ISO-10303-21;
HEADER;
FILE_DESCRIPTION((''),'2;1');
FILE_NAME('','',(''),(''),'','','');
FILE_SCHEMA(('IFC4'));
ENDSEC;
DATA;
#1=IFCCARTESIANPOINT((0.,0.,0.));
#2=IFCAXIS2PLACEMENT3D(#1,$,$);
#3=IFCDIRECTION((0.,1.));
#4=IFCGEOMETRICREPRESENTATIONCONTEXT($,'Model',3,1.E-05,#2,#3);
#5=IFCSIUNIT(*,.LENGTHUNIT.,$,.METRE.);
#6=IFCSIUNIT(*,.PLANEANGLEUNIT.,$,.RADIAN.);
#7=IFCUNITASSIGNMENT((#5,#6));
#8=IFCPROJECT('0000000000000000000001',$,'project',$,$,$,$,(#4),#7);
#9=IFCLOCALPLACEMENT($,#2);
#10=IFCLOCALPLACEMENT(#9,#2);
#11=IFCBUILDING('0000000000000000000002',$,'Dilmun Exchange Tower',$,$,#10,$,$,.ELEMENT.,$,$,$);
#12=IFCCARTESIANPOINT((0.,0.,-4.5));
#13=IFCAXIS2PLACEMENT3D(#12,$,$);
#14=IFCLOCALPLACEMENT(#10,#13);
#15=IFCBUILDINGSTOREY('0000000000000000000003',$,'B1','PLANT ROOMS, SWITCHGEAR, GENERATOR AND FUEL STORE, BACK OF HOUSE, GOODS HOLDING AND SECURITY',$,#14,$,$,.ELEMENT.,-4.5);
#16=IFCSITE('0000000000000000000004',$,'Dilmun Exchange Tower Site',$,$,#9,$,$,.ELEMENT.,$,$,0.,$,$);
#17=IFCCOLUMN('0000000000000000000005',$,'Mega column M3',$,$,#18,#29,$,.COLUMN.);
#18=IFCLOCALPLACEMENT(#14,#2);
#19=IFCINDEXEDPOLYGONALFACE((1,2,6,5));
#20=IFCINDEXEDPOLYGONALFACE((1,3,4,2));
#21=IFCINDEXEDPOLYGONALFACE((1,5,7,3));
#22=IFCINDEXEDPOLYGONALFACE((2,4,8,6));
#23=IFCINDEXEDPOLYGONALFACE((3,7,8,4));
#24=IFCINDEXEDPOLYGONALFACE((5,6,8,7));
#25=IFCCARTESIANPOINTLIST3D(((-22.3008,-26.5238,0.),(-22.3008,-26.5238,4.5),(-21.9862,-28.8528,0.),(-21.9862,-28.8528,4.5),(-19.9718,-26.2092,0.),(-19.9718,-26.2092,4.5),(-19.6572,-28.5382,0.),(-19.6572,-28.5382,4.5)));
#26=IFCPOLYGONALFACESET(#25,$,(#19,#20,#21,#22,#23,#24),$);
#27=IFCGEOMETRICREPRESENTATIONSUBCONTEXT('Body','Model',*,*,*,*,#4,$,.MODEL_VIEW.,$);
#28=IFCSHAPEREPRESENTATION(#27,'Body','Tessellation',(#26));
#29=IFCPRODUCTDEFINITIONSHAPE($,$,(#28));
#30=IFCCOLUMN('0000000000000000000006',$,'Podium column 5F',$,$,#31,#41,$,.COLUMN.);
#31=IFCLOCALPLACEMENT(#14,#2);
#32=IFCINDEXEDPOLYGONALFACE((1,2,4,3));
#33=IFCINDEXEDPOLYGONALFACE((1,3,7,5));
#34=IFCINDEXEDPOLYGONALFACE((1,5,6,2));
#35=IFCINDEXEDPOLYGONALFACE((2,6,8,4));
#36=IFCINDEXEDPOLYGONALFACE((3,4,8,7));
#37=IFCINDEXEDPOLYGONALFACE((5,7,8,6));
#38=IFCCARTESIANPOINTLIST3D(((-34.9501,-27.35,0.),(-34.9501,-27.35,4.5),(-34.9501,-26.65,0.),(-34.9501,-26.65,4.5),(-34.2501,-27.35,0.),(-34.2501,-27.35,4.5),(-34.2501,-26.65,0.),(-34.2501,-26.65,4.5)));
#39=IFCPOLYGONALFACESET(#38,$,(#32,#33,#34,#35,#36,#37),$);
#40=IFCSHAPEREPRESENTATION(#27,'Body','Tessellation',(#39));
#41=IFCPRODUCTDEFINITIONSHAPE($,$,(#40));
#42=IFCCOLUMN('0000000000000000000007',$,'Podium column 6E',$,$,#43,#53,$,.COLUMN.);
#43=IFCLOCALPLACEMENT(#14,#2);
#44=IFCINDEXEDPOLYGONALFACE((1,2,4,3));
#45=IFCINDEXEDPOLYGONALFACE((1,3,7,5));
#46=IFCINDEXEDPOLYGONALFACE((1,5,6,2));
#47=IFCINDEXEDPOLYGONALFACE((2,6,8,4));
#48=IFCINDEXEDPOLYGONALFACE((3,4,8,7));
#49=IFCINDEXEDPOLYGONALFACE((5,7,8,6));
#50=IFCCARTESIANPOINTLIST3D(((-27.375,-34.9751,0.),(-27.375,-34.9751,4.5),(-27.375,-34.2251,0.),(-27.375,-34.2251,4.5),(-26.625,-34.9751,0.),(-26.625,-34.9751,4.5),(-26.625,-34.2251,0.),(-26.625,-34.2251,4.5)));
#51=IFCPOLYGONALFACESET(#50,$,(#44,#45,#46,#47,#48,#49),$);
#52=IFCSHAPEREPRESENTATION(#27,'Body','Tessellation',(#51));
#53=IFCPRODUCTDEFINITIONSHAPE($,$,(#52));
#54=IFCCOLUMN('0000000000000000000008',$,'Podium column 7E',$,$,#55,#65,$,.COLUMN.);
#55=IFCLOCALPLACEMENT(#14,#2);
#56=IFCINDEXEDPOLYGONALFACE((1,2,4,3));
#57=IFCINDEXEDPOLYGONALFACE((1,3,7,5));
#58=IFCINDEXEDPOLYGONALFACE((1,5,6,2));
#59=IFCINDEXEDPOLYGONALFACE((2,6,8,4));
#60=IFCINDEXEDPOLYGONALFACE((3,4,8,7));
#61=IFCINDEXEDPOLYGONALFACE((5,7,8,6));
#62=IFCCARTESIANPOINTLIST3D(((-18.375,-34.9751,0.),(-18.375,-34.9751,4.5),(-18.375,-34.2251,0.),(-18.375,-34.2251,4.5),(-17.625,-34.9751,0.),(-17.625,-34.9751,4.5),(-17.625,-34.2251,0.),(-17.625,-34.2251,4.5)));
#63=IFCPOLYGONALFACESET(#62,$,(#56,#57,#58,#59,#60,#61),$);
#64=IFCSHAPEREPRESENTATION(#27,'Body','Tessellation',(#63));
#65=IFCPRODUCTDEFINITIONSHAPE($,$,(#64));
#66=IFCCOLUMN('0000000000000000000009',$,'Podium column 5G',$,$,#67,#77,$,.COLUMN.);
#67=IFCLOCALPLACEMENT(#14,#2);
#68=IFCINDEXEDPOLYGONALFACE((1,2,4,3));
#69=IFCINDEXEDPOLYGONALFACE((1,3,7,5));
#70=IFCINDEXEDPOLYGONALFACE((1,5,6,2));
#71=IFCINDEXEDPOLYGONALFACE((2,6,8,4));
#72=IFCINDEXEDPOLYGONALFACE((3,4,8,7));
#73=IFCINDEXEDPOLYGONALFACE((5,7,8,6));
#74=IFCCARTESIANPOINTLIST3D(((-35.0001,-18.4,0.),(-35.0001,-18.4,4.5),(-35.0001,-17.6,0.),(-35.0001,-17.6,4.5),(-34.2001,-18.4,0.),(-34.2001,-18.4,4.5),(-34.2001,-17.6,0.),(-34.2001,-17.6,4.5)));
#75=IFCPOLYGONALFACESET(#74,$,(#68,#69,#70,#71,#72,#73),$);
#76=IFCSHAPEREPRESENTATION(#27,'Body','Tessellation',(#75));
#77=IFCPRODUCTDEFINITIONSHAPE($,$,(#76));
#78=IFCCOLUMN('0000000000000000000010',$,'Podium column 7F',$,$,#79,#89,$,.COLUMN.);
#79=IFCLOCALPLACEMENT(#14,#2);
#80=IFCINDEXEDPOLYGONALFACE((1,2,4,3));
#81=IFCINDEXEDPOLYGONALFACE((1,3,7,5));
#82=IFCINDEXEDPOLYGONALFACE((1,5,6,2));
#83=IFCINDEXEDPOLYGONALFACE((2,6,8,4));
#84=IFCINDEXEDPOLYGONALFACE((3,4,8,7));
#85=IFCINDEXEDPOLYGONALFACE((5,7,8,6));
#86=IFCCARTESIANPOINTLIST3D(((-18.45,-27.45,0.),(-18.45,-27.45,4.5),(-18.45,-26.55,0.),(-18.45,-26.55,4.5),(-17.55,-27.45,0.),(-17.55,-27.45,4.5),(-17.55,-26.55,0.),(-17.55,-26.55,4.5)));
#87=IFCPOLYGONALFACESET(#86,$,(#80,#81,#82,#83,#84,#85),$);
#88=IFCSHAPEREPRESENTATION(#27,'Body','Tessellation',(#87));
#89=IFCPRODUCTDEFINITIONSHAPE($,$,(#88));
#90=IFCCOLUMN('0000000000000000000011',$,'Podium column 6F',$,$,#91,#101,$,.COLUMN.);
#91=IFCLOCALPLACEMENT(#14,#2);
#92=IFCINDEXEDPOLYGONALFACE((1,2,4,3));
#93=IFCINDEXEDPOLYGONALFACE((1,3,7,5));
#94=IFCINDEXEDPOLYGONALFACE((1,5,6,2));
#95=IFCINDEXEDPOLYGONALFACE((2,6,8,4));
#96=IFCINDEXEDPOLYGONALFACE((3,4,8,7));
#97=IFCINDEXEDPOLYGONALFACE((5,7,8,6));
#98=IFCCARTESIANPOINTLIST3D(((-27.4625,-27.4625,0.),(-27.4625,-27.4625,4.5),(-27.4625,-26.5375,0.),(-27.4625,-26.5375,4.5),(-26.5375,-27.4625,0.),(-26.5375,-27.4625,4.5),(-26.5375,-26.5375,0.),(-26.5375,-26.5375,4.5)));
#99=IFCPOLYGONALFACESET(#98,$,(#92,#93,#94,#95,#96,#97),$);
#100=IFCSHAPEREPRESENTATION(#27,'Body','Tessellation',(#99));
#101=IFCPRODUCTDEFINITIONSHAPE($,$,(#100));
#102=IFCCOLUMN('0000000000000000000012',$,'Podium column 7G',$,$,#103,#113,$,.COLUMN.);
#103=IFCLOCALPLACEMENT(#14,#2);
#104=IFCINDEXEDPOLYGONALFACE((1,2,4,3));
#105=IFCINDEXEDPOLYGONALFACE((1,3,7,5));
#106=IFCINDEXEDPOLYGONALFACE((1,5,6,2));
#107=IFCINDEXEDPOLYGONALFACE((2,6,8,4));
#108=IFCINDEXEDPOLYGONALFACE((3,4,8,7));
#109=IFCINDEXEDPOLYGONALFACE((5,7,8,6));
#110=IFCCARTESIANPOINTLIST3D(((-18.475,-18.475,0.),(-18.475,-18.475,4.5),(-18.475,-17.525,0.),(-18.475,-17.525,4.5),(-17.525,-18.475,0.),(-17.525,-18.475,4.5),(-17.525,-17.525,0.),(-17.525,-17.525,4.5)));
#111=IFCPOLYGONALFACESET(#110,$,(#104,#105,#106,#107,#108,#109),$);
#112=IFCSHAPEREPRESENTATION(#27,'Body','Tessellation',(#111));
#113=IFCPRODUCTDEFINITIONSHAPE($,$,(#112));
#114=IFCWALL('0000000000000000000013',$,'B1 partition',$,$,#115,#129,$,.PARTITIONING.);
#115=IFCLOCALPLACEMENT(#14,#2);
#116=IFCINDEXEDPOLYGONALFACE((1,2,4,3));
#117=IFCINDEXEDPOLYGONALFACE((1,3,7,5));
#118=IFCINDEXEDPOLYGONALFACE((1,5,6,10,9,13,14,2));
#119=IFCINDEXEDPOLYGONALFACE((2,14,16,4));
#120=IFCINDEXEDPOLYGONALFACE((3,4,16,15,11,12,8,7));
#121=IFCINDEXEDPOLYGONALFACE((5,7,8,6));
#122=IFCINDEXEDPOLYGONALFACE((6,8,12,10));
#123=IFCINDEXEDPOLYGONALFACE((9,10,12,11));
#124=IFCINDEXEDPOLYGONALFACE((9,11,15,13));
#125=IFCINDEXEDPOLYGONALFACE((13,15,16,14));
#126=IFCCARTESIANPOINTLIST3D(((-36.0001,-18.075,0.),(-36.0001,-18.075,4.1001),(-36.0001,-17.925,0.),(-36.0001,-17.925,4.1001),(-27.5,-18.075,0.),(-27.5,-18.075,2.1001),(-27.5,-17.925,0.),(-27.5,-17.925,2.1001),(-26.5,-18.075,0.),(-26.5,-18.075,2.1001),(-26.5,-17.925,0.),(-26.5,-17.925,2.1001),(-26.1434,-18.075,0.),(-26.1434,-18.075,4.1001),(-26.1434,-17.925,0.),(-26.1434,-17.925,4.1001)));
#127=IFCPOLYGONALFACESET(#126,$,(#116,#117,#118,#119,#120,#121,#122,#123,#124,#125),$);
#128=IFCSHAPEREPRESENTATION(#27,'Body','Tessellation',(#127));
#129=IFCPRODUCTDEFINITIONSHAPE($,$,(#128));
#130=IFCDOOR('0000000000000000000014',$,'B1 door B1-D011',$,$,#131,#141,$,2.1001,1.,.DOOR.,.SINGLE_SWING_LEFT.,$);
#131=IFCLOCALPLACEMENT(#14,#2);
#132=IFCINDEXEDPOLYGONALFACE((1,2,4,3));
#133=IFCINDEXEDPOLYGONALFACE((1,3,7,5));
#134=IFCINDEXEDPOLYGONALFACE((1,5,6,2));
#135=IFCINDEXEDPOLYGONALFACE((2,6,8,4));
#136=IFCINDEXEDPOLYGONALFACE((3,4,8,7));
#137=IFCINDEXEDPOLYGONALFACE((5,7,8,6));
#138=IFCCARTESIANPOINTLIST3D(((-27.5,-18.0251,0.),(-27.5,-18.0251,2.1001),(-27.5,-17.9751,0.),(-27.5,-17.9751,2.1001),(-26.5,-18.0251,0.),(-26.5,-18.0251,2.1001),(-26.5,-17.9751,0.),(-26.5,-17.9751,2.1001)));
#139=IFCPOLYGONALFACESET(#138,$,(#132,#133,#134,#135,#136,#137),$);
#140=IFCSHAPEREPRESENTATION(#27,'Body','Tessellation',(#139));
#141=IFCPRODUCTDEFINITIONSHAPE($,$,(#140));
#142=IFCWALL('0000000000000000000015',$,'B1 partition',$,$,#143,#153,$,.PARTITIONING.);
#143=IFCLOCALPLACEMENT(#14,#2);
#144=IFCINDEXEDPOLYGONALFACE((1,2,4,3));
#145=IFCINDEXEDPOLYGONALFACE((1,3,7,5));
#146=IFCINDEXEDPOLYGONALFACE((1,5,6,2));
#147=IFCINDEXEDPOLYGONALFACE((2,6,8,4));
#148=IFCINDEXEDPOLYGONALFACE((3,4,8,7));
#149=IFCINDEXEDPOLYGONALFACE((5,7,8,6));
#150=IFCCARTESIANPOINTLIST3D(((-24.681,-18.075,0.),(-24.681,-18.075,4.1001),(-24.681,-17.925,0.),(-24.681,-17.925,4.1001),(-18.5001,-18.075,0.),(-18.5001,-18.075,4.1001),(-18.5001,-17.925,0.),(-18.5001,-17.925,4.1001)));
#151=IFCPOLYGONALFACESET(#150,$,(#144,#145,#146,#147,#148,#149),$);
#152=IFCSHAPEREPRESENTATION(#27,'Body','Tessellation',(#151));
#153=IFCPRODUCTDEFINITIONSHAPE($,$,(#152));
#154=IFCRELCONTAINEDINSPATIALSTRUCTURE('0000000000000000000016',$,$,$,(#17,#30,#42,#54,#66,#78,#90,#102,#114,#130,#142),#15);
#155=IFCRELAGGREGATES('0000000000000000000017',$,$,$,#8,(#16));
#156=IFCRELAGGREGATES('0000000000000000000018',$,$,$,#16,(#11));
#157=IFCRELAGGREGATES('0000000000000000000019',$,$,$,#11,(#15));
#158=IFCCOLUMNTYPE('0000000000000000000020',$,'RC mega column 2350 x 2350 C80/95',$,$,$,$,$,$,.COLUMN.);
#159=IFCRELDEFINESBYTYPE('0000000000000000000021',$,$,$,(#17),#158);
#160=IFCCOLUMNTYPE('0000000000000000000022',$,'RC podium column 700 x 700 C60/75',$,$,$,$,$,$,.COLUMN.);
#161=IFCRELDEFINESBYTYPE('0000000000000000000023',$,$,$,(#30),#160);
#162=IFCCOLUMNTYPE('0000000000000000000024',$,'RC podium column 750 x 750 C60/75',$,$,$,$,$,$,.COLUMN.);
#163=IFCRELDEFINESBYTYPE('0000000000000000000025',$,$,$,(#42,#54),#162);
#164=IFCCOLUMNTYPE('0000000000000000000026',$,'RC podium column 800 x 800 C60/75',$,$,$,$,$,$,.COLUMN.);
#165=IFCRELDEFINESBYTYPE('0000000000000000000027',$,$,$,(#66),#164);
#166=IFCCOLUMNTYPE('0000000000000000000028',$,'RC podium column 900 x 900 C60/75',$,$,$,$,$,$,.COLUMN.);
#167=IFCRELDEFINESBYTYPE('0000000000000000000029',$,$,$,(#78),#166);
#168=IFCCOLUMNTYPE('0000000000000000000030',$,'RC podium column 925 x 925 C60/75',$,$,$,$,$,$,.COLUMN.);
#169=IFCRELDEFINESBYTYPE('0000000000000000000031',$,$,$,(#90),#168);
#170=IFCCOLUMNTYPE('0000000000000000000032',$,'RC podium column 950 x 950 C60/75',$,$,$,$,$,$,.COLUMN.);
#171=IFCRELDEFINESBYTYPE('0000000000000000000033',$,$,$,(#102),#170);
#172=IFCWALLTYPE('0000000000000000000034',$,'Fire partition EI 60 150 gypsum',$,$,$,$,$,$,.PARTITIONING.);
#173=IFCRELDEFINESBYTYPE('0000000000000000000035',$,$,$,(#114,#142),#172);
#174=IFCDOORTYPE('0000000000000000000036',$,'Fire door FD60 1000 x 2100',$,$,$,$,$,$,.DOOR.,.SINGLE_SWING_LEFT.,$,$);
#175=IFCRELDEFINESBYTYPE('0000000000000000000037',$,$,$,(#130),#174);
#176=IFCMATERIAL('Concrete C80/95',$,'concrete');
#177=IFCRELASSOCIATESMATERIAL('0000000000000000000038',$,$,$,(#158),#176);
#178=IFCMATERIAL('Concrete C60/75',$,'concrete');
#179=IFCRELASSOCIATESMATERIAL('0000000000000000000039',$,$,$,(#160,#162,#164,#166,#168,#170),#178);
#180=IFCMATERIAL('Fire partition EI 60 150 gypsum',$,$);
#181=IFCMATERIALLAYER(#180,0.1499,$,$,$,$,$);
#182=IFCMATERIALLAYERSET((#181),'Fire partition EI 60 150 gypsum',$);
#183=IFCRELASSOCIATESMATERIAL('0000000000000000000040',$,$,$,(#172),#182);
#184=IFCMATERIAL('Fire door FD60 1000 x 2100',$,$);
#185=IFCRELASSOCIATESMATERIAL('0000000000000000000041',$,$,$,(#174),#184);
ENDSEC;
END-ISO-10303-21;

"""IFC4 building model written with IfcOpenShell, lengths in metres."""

from ifc_helpers import new_model, si_unit, direction, frame, frame_2d, origin, origin_2d, place, context, subcontext, project, spatial, rectangle, extrude, material, layer, layer_set, material_profile, profile_set, type_object, element, fill, save


model = new_model("IFC4")

# Units and contexts
model_context = context("Model", 3, precision=1e-05, world=origin(), true_north=direction((0.0, 1.0)))
body_context = subcontext(model_context, "Body", "Model", "MODEL_VIEW")
ifc_project = project(units=[si_unit("LENGTHUNIT", "METRE"), si_unit("PLANEANGLEUNIT", "RADIAN")], contexts=[model_context])

# Site, building, storey
site_placement = place(None, origin())
site = spatial("IfcSite", under=ifc_project, at=site_placement, Name="Dilmun Exchange Tower Site", CompositionType="ELEMENT", RefElevation=0.0)
building_placement = place(site_placement, origin())
building = spatial("IfcBuilding", under=site, at=building_placement, Name="Dilmun Exchange Tower", CompositionType="ELEMENT")
storey_placement = place(building_placement, frame((0.0, 0.0, -4.5)))
storey = spatial("IfcBuildingStorey", under=building, at=storey_placement, Name="B1", Description="PLANT ROOMS, SWITCHGEAR, GENERATOR AND FUEL STORE, BACK OF HOUSE, GOODS HOLDING AND SECURITY", CompositionType="ELEMENT", Elevation=-4.5)

# Columns
ifc_material_1 = material(Name="Concrete C80/95", Category="concrete")
ifc_material_profile_1 = material_profile(ifc_material_1, rectangle(XDim=2.3501, YDim=2.3501, at=origin_2d()), Name="2350 x 2350")
ifc_profile_set_1 = profile_set([ifc_material_profile_1], Name="Concrete C80/95")
column_type_1 = type_object("IfcColumnType", Name="RC mega column 2350 x 2350 C80/95", PredefinedType="COLUMN", material=ifc_profile_set_1)
column_1_placement = place(storey_placement, frame((-20.979, -27.531, 0.0), z_axis=(0.0, 0.0, 1.0), x_axis=(0.991001, 0.133853, 0.0)))
element("IfcColumn", 1, at=column_1_placement, inside=storey, type_object=column_type_1, Name="Mega column M3", PredefinedType="COLUMN", context=body_context, shape_type="SweptSolid", body=[
    extrude(rectangle(XDim=2.3501, YDim=2.3501, at=origin_2d()), origin(), (0.0, 0.0, 1.0), 4.5),
])
ifc_material_2 = material(Name="Concrete C60/75", Category="concrete")
ifc_material_profile_2 = material_profile(ifc_material_2, rectangle(XDim=0.7, YDim=0.7, at=origin_2d()), Name="700 x 700")
ifc_profile_set_2 = profile_set([ifc_material_profile_2], Name="Concrete C60/75")
column_type_2 = type_object("IfcColumnType", Name="RC podium column 700 x 700 C60/75", PredefinedType="COLUMN", material=ifc_profile_set_2)
column_2_placement = place(storey_placement, frame((-34.6001, -27.0, 0.0), z_axis=(0.0, 0.0, 1.0), x_axis=(1.0, 0.0, 0.0)))
element("IfcColumn", 2, at=column_2_placement, inside=storey, type_object=column_type_2, Name="Podium column 5F", PredefinedType="COLUMN", context=body_context, shape_type="SweptSolid", body=[
    extrude(rectangle(XDim=0.7, YDim=0.7, at=origin_2d()), origin(), (0.0, 0.0, 1.0), 4.5),
])
ifc_material_profile_3 = material_profile(ifc_material_2, rectangle(XDim=0.75, YDim=0.75, at=origin_2d()), Name="750 x 750")
ifc_profile_set_3 = profile_set([ifc_material_profile_3], Name="Concrete C60/75")
column_type_3 = type_object("IfcColumnType", Name="RC podium column 750 x 750 C60/75", PredefinedType="COLUMN", material=ifc_profile_set_3)
for number, where, z_axis, x_axis, name in (
    (3, (-27.0, -34.6001, 0.0), (0.0, 0.0, 1.0), (1.0, 0.0, 0.0), "Podium column 6E"),
    (4, (-18.0, -34.6001, 0.0), (0.0, 0.0, 1.0), (1.0, 0.0, 0.0), "Podium column 7E"),
):
    element("IfcColumn", number, at=place(storey_placement, frame(where, z_axis=z_axis, x_axis=x_axis)), inside=storey, type_object=column_type_3, Name=name, PredefinedType="COLUMN", context=body_context, shape_type="SweptSolid", body=[
        extrude(rectangle(XDim=0.75, YDim=0.75, at=origin_2d()), origin(), (0.0, 0.0, 1.0), 4.5),
    ])
ifc_material_profile_4 = material_profile(ifc_material_2, rectangle(XDim=0.8, YDim=0.8, at=origin_2d()), Name="800 x 800")
ifc_profile_set_4 = profile_set([ifc_material_profile_4], Name="Concrete C60/75")
column_type_4 = type_object("IfcColumnType", Name="RC podium column 800 x 800 C60/75", PredefinedType="COLUMN", material=ifc_profile_set_4)
column_3_placement = place(storey_placement, frame((-34.6001, -18.0, 0.0), z_axis=(0.0, 0.0, 1.0), x_axis=(1.0, 0.0, 0.0)))
element("IfcColumn", 5, at=column_3_placement, inside=storey, type_object=column_type_4, Name="Podium column 5G", PredefinedType="COLUMN", context=body_context, shape_type="SweptSolid", body=[
    extrude(rectangle(XDim=0.8, YDim=0.8, at=origin_2d()), origin(), (0.0, 0.0, 1.0), 4.5),
])
ifc_material_profile_5 = material_profile(ifc_material_2, rectangle(XDim=0.8999, YDim=0.8999, at=origin_2d()), Name="900 x 900")
ifc_profile_set_5 = profile_set([ifc_material_profile_5], Name="Concrete C60/75")
column_type_5 = type_object("IfcColumnType", Name="RC podium column 900 x 900 C60/75", PredefinedType="COLUMN", material=ifc_profile_set_5)
column_4_placement = place(storey_placement, frame((-18.0, -27.0, 0.0), z_axis=(0.0, 0.0, 1.0), x_axis=(1.0, 0.0, 0.0)))
element("IfcColumn", 6, at=column_4_placement, inside=storey, type_object=column_type_5, Name="Podium column 7F", PredefinedType="COLUMN", context=body_context, shape_type="SweptSolid", body=[
    extrude(rectangle(XDim=0.8999, YDim=0.8999, at=origin_2d()), origin(), (0.0, 0.0, 1.0), 4.5),
])
ifc_material_profile_6 = material_profile(ifc_material_2, rectangle(XDim=0.925, YDim=0.925, at=origin_2d()), Name="925 x 925")
ifc_profile_set_6 = profile_set([ifc_material_profile_6], Name="Concrete C60/75")
column_type_6 = type_object("IfcColumnType", Name="RC podium column 925 x 925 C60/75", PredefinedType="COLUMN", material=ifc_profile_set_6)
column_5_placement = place(storey_placement, frame((-27.0, -27.0, 0.0), z_axis=(0.0, 0.0, 1.0), x_axis=(1.0, 0.0, 0.0)))
element("IfcColumn", 7, at=column_5_placement, inside=storey, type_object=column_type_6, Name="Podium column 6F", PredefinedType="COLUMN", context=body_context, shape_type="SweptSolid", body=[
    extrude(rectangle(XDim=0.925, YDim=0.925, at=origin_2d()), origin(), (0.0, 0.0, 1.0), 4.5),
])
ifc_material_profile_7 = material_profile(ifc_material_2, rectangle(XDim=0.95, YDim=0.95, at=origin_2d()), Name="950 x 950")
ifc_profile_set_7 = profile_set([ifc_material_profile_7], Name="Concrete C60/75")
column_type_7 = type_object("IfcColumnType", Name="RC podium column 950 x 950 C60/75", PredefinedType="COLUMN", material=ifc_profile_set_7)
column_6_placement = place(storey_placement, frame((-18.0, -18.0, 0.0), z_axis=(0.0, 0.0, 1.0), x_axis=(1.0, 0.0, 0.0)))
element("IfcColumn", 8, at=column_6_placement, inside=storey, type_object=column_type_7, Name="Podium column 7G", PredefinedType="COLUMN", context=body_context, shape_type="SweptSolid", body=[
    extrude(rectangle(XDim=0.95, YDim=0.95, at=origin_2d()), origin(), (0.0, 0.0, 1.0), 4.5),
])

# Wall, opening, door
ifc_material_3 = material(Name="Fire partition EI 60 150 gypsum")
ifc_layer_1 = layer(ifc_material_3, 0.1499)
ifc_layer_set_1 = layer_set([ifc_layer_1], Name="Fire partition EI 60 150 gypsum")
wall_type_1 = type_object("IfcWallType", Name="Fire partition EI 60 150 gypsum", PredefinedType="PARTITIONING", material=ifc_layer_set_1)
wall_1_placement = place(storey_placement, frame((-36.0, -18.0, 0.0), z_axis=(0.0, 0.0, 1.0), x_axis=(1.0, 0.0, 0.0)))
wall_1 = element("IfcWall", 9, at=wall_1_placement, inside=storey, type_object=wall_type_1, Name="B1 partition", PredefinedType="PARTITIONING", context=body_context, shape_type="SweptSolid", body=[
    extrude(rectangle(XDim=9.8567, YDim=0.1499, at=frame_2d((4.9282, 0.0))), origin(), (0.0, 0.0, 1.0), 4.1001),
])
opening_1_placement = place(wall_1_placement, frame((8.5, 0.0, 0.0)))
opening_1 = element("IfcOpeningElement", 10, at=opening_1_placement, cuts=wall_1, PredefinedType="OPENING", context=body_context, shape_type="SweptSolid", body=[
    extrude(rectangle(XDim=1.0, YDim=2.1001, at=frame_2d((0.5, 1.05))), frame((0.0, 0.085, 0.0), z_axis=(0.0, -1.0, 0.0), x_axis=(1.0, 0.0, 0.0)), (0.0, 0.0, 1.0), 0.1699),
])
ifc_material_4 = material(Name="Fire door FD60 1000 x 2100")
door_type = type_object("IfcDoorType", Name="Fire door FD60 1000 x 2100", OperationType="SINGLE_SWING_LEFT", PredefinedType="DOOR", material=ifc_material_4)
door_1_placement = place(opening_1_placement, origin())
door_1 = element("IfcDoor", 11, at=door_1_placement, inside=storey, type_object=door_type, Name="B1 door B1-D011", OperationType="SINGLE_SWING_LEFT", OverallHeight=2.1001, OverallWidth=1.0, PredefinedType="DOOR", context=body_context, shape_type="SweptSolid", body=[
    extrude(rectangle(XDim=1.0, YDim=2.1001, at=frame_2d((0.5, 1.05))), frame((0.0, 0.0249, 0.0), z_axis=(0.0, -1.0, 0.0), x_axis=(1.0, 0.0, 0.0)), (0.0, 0.0, 1.0), 0.05),
])
fill(opening_1, door_1)

# Wall
wall_2_placement = place(storey_placement, frame((-24.6809, -18.0, 0.0), z_axis=(0.0, 0.0, 1.0), x_axis=(1.0, 0.0, 0.0)))
element("IfcWall", 12, at=wall_2_placement, inside=storey, type_object=wall_type_1, Name="B1 partition", PredefinedType="PARTITIONING", context=body_context, shape_type="SweptSolid", body=[
    extrude(rectangle(XDim=6.1809, YDim=0.1499, at=frame_2d((3.0903, 0.0))), origin(), (0.0, 0.0, 1.0), 4.1001),
])

save(model, "model.ifc")
